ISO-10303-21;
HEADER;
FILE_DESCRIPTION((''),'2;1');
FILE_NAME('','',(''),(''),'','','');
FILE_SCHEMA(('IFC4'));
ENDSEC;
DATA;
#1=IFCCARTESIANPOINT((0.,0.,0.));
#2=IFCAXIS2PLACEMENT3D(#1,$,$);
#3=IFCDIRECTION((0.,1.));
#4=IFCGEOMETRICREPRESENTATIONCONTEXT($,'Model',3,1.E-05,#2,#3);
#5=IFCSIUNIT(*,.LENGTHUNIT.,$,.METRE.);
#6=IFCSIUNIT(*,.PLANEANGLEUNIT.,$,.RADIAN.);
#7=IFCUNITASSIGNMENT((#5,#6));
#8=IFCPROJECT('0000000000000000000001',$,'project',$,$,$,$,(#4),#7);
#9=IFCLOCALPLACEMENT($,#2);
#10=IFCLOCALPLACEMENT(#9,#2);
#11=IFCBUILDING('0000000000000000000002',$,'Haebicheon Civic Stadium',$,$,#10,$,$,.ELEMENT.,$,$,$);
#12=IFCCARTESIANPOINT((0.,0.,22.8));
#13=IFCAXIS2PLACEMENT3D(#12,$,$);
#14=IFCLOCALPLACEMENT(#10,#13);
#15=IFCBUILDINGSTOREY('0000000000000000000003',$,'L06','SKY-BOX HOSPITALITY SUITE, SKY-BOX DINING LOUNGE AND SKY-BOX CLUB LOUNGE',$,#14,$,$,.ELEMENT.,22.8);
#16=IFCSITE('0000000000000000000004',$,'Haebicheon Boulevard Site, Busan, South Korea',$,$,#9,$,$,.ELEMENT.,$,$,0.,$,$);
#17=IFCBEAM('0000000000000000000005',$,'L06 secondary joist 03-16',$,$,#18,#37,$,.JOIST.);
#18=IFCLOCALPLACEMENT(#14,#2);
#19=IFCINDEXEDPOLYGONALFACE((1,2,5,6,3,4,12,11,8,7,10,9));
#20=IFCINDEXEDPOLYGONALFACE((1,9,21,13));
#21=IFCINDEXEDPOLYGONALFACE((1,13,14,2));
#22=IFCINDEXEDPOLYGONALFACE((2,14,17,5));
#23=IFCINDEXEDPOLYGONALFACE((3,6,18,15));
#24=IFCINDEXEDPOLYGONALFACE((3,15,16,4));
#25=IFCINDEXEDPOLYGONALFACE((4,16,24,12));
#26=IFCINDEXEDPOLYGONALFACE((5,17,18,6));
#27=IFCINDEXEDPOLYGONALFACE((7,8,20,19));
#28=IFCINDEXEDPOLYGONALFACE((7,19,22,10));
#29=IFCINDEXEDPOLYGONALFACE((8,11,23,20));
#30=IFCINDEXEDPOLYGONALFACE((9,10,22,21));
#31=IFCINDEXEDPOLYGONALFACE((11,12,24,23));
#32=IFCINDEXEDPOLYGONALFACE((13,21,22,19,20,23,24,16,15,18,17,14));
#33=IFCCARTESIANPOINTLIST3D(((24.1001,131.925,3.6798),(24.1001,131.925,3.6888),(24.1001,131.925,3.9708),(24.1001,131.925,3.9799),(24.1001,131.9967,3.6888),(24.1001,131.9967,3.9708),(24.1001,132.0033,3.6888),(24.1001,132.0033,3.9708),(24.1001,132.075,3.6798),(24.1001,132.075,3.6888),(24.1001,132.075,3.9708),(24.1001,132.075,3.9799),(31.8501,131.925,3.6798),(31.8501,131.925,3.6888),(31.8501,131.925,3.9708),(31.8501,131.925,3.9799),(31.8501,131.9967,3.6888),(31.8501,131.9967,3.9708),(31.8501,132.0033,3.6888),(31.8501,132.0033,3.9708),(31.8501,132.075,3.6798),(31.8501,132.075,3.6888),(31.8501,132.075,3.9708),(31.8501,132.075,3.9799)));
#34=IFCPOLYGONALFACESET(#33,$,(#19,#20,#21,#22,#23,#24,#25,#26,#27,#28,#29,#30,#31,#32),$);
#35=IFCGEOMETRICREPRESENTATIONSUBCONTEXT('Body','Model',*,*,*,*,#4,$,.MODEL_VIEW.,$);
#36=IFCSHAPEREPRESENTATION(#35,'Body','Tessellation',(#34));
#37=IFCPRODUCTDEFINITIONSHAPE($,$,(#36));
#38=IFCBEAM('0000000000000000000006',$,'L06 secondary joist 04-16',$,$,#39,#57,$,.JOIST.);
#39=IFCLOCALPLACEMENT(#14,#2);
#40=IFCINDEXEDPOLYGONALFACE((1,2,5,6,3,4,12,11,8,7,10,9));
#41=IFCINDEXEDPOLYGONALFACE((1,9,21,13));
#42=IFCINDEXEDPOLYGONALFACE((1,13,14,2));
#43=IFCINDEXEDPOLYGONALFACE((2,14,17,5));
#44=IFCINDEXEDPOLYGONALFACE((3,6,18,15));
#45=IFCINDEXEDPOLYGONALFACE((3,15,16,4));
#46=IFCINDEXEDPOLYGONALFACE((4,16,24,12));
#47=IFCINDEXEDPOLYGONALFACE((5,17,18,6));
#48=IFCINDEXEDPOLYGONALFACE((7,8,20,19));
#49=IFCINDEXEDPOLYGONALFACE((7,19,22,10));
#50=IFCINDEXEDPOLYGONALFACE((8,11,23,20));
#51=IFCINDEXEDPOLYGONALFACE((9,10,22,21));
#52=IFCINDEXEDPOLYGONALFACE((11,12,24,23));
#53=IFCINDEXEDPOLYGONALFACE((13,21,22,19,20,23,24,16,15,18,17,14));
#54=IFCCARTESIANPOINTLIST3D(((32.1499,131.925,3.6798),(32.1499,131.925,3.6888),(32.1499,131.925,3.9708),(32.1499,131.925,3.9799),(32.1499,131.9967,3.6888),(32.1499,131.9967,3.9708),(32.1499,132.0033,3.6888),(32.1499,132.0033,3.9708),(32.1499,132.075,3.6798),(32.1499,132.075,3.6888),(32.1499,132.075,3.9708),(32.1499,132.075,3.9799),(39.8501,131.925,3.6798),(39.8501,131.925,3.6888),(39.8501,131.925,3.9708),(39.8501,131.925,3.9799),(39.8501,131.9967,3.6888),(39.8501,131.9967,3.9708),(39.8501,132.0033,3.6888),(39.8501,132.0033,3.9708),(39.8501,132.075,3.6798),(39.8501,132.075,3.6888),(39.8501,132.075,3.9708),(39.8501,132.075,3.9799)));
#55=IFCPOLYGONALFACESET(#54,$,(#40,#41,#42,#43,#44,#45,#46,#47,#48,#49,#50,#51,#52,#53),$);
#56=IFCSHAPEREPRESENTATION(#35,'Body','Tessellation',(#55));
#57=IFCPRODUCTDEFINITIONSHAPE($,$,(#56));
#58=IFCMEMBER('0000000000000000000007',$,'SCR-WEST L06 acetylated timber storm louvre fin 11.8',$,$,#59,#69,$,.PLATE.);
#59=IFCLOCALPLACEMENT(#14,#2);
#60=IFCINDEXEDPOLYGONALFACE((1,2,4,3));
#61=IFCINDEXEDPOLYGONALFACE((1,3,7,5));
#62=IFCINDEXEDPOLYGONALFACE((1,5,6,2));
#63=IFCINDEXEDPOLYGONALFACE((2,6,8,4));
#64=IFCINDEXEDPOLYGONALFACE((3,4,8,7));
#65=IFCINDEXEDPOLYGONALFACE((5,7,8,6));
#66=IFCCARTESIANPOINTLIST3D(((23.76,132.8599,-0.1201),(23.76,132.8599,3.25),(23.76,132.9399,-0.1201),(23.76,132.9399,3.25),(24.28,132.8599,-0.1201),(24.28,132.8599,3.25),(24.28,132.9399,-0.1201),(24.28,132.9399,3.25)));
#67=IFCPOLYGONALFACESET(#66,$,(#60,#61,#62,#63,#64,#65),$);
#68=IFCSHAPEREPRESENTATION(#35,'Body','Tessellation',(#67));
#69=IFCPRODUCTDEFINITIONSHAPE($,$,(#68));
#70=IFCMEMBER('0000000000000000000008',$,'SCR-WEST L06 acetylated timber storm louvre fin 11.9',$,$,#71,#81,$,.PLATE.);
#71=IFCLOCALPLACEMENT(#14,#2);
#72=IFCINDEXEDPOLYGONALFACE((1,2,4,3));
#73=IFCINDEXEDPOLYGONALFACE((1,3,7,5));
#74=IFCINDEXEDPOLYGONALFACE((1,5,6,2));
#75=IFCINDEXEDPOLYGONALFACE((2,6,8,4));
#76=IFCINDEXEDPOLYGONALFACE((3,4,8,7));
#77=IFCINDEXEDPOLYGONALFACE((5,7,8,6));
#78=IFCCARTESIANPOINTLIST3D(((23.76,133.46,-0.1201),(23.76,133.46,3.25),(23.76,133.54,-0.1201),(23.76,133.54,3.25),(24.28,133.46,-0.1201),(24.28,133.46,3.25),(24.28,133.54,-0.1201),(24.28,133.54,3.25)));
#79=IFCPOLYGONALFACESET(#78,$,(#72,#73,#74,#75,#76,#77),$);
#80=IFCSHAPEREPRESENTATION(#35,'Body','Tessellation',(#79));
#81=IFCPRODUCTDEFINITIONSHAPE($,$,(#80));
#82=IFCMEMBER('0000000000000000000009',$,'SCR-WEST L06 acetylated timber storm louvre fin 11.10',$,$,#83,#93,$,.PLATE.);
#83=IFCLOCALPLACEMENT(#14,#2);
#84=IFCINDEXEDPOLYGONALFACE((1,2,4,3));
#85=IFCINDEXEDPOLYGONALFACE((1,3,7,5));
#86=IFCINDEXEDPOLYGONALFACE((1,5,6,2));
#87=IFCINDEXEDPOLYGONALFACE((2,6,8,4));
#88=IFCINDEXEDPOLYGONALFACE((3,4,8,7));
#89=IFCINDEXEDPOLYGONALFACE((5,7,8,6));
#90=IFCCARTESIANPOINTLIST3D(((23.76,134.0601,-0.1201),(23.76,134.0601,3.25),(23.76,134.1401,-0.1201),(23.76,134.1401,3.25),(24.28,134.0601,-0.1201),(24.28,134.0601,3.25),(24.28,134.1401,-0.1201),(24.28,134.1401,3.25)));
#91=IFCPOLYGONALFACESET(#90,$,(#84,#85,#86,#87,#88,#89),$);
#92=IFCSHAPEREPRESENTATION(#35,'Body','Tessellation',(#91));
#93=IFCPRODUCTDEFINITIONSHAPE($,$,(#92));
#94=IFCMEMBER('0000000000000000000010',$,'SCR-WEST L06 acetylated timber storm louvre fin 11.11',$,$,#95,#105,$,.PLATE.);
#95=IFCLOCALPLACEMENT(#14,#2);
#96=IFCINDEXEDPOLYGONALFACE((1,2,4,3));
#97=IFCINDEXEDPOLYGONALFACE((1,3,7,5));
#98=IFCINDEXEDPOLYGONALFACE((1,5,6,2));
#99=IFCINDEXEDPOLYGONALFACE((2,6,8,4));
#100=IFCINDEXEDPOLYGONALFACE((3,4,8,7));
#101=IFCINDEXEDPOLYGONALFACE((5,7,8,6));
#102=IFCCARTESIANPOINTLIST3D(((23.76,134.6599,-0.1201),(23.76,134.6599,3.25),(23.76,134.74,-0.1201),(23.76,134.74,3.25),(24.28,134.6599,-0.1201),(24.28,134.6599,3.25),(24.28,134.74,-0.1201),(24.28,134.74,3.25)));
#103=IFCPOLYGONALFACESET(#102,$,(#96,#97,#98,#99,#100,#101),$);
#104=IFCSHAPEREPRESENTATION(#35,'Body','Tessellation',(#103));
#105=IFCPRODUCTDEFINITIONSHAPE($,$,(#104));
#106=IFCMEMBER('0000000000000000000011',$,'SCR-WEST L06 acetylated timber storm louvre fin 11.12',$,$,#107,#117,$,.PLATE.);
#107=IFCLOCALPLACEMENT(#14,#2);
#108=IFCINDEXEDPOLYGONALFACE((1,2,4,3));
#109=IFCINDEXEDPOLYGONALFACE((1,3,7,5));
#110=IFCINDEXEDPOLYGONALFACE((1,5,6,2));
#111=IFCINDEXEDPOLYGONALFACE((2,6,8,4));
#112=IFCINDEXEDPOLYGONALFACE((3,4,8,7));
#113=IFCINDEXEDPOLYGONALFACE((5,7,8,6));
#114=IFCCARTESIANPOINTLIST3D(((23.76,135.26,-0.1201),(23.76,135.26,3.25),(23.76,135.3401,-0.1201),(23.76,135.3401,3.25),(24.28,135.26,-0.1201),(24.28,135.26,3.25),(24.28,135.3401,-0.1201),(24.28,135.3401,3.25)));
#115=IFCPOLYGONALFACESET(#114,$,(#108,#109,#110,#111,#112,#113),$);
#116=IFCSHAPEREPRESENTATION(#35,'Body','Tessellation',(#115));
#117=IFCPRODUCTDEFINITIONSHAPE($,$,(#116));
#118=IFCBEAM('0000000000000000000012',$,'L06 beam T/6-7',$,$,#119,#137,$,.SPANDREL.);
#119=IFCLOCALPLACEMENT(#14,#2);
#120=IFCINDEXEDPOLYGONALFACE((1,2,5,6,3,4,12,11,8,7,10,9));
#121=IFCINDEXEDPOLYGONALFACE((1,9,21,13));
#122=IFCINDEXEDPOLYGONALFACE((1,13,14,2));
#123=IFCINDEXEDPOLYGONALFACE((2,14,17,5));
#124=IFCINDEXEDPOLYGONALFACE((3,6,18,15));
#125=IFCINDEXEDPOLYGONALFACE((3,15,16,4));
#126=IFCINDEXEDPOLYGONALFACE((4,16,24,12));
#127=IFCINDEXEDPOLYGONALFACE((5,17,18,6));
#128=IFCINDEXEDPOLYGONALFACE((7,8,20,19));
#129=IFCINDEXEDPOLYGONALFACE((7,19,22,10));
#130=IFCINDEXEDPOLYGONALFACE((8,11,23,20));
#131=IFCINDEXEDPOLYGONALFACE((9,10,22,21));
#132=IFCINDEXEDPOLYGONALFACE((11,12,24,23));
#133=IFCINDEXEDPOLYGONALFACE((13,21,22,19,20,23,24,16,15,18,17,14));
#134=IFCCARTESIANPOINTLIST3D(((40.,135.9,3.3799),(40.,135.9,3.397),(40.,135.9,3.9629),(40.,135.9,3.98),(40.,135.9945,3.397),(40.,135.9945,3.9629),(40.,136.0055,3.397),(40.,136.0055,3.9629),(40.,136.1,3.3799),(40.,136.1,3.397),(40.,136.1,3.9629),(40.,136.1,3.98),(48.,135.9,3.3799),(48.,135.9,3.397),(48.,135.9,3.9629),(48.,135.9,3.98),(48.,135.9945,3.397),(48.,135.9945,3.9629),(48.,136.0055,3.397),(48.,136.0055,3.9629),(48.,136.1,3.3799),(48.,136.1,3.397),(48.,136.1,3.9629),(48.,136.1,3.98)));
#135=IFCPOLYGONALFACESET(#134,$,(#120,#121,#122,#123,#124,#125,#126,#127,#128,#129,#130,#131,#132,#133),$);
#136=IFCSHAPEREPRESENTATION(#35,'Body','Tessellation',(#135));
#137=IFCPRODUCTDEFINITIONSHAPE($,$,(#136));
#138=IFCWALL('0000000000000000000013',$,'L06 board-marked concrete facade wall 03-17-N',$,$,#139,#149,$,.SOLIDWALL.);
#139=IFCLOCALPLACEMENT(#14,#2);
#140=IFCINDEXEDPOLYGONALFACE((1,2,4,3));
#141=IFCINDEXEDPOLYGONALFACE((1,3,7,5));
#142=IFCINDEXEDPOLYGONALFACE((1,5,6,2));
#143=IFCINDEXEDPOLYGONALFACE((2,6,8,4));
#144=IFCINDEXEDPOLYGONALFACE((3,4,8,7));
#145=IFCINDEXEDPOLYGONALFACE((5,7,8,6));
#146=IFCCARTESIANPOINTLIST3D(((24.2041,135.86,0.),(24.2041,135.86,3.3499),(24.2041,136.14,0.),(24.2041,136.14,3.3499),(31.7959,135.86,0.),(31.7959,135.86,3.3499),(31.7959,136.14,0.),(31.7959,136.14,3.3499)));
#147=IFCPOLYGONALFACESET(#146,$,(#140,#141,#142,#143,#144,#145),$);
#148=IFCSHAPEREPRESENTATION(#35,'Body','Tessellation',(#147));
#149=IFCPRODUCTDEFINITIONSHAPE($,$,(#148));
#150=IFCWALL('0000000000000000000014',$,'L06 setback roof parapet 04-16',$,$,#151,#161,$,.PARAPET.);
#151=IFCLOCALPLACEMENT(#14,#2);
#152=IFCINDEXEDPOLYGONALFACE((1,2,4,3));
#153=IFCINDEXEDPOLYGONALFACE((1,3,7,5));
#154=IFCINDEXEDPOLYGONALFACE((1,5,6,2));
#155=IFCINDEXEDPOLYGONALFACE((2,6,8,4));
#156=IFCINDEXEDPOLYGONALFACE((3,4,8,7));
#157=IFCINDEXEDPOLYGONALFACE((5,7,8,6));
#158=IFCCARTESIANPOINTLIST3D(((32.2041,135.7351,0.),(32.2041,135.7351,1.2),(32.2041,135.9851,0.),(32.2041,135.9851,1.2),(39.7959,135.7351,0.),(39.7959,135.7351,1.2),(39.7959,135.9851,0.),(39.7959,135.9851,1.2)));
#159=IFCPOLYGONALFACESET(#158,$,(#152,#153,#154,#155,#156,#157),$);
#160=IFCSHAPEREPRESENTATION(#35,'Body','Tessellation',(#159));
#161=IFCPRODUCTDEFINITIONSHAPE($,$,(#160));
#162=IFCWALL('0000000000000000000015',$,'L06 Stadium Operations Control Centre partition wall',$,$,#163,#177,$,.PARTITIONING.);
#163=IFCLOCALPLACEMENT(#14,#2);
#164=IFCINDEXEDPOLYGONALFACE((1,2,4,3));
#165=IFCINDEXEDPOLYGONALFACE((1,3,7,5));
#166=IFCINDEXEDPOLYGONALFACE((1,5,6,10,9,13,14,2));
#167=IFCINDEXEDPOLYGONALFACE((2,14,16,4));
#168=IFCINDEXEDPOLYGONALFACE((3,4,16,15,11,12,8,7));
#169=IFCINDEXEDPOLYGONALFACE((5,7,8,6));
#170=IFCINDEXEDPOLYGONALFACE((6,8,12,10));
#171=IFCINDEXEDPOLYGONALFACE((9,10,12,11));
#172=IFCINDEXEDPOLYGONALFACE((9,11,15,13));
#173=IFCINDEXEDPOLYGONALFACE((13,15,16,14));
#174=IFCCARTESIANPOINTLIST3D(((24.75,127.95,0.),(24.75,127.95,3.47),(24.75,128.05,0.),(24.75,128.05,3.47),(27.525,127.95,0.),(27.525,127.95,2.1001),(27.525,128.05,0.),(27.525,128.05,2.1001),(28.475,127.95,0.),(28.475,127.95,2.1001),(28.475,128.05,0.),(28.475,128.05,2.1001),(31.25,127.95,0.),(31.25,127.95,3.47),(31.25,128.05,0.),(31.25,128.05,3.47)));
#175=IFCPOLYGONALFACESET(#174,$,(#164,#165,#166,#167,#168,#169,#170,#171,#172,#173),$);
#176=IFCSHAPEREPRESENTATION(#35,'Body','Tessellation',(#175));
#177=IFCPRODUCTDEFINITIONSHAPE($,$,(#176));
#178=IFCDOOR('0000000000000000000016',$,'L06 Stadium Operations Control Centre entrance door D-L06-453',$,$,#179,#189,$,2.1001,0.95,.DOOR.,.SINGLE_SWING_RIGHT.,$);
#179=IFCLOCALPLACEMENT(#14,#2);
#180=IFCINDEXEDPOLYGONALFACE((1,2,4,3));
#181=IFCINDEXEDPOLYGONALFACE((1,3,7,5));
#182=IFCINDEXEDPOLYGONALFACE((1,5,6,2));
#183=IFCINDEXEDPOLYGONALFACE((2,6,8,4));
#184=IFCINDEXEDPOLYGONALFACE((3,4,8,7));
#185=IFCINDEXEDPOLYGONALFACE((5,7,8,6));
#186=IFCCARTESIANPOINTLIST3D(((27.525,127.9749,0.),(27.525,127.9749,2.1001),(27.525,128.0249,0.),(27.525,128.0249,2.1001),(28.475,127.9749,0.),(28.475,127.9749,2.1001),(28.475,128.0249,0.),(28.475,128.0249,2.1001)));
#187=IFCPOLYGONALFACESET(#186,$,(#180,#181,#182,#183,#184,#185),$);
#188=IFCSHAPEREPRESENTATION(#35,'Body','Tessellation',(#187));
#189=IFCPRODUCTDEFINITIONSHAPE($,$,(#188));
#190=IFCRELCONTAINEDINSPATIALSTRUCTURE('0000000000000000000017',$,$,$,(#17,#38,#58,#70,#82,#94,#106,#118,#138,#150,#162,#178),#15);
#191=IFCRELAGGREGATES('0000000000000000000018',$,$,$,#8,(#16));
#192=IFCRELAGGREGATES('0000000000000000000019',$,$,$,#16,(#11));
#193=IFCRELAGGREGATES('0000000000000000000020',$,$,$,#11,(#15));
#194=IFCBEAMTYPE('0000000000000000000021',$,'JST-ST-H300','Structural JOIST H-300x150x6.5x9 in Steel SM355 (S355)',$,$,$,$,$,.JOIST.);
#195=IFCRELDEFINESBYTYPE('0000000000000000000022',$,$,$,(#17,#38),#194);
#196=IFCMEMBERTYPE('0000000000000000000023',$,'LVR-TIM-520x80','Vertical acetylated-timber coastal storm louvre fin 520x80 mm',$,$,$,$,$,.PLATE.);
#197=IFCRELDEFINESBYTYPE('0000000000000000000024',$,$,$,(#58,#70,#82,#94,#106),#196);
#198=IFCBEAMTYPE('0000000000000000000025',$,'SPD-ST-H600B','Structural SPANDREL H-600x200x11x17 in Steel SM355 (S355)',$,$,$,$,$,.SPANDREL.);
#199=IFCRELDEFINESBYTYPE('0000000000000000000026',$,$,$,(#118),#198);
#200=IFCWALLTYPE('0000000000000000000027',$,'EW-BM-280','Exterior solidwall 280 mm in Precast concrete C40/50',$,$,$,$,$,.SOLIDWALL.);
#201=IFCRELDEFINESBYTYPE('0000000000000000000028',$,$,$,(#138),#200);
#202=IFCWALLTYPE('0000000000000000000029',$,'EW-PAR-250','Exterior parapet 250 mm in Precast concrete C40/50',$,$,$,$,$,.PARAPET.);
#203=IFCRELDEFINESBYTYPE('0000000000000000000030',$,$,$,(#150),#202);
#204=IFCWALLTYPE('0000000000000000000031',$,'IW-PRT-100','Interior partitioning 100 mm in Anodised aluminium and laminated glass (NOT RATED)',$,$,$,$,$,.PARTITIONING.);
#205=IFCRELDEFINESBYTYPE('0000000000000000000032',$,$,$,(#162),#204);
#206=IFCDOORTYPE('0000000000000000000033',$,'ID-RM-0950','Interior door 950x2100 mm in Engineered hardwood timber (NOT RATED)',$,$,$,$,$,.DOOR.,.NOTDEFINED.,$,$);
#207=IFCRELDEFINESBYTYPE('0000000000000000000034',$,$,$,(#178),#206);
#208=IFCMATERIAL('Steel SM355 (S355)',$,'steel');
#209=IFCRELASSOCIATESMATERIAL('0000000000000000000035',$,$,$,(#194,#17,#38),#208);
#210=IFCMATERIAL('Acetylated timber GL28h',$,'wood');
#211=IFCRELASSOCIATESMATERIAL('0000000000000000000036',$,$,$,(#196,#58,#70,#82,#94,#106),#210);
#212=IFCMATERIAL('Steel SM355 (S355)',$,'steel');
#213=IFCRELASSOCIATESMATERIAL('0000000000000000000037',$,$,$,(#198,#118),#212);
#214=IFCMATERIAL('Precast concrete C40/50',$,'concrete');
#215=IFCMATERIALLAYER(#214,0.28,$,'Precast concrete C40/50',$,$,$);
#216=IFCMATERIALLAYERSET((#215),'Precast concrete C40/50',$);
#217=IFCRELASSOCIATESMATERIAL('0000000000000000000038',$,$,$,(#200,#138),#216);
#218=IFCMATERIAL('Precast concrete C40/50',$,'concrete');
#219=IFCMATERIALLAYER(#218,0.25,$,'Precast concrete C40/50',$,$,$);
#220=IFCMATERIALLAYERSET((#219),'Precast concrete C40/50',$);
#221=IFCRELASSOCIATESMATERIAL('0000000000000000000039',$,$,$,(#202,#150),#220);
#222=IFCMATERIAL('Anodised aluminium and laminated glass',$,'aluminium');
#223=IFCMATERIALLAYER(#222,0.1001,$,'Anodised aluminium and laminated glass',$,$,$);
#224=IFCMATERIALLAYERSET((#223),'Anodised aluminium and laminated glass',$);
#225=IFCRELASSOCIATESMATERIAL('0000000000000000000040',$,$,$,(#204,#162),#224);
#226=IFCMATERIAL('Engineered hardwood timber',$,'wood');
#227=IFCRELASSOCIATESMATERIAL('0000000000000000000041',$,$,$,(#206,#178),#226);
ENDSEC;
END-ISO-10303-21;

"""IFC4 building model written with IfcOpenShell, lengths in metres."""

from ifc_helpers import new_model, si_unit, direction, frame, frame_2d, origin, origin_2d, place, context, subcontext, project, spatial, rectangle, i_section, extrude, material, layer, layer_set, material_profile, profile_set, type_object, element, fill, save


model = new_model("IFC4")

# Units and contexts
model_context = context("Model", 3, precision=1e-05, world=origin(), true_north=direction((0.0, 1.0)))
body_context = subcontext(model_context, "Body", "Model", "MODEL_VIEW")
ifc_project = project(units=[si_unit("LENGTHUNIT", "METRE"), si_unit("PLANEANGLEUNIT", "RADIAN")], contexts=[model_context])

# Site, building, storey
site_placement = place(None, origin())
site = spatial("IfcSite", under=ifc_project, at=site_placement, Name="Haebicheon Boulevard Site, Busan, South Korea", CompositionType="ELEMENT", RefElevation=0.0)
building_placement = place(site_placement, origin())
building = spatial("IfcBuilding", under=site, at=building_placement, Name="Haebicheon Civic Stadium", CompositionType="ELEMENT")
storey_placement = place(building_placement, frame((0.0, 0.0, 22.8)))
storey = spatial("IfcBuildingStorey", under=building, at=storey_placement, Name="L06", Description="SKY-BOX HOSPITALITY SUITE, SKY-BOX DINING LOUNGE AND SKY-BOX CLUB LOUNGE", CompositionType="ELEMENT", Elevation=22.8)

# Beams
ifc_material_1 = material(Name="Steel SM355 (S355)", Category="steel")
ifc_material_profile_1 = material_profile(ifc_material_1, i_section(OverallWidth=0.1499, OverallDepth=0.3, WebThickness=0.0066, FlangeThickness=0.009, at=origin_2d()), Name="H-300x150x6.5x9")
ifc_profile_set_1 = profile_set([ifc_material_profile_1], Name="Steel SM355 (S355)")
beam_type_1 = type_object("IfcBeamType", Name="JST-ST-H300", Description="Structural JOIST H-300x150x6.5x9 in Steel SM355 (S355)", PredefinedType="JOIST", material=ifc_profile_set_1)
beam_1_placement = place(storey_placement, frame((24.1001, 132.0, 3.8298), z_axis=(1.0, 0.0, 0.0), x_axis=(0.0, 1.0, 0.0)))
element("IfcBeam", 1, at=beam_1_placement, inside=storey, type_object=beam_type_1, material=ifc_profile_set_1, Name="L06 secondary joist 03-16", PredefinedType="JOIST", context=body_context, shape_type="SweptSolid", body=[
    extrude(i_section(OverallWidth=0.1499, OverallDepth=0.3, WebThickness=0.0066, FlangeThickness=0.009, at=origin_2d()), origin(), (0.0, 0.0, 1.0), 7.75),
])
beam_2_placement = place(storey_placement, frame((32.1499, 132.0, 3.8298), z_axis=(1.0, 0.0, 0.0), x_axis=(0.0, 1.0, 0.0)))
element("IfcBeam", 2, at=beam_2_placement, inside=storey, type_object=beam_type_1, material=ifc_profile_set_1, Name="L06 secondary joist 04-16", PredefinedType="JOIST", context=body_context, shape_type="SweptSolid", body=[
    extrude(i_section(OverallWidth=0.1499, OverallDepth=0.3, WebThickness=0.0066, FlangeThickness=0.009, at=origin_2d()), origin(), (0.0, 0.0, 1.0), 7.7002),
])

# Members
ifc_material_2 = material(Name="Acetylated timber GL28h", Category="wood")
ifc_material_profile_2 = material_profile(ifc_material_2, rectangle(XDim=0.0801, YDim=0.52, at=origin_2d()), Name="TMB-LOUV-80x520")
ifc_profile_set_2 = profile_set([ifc_material_profile_2], Name="Acetylated timber GL28h")
member_type = type_object("IfcMemberType", Name="LVR-TIM-520x80", Description="Vertical acetylated-timber coastal storm louvre fin 520x80 mm", PredefinedType="PLATE", material=ifc_profile_set_2)
for number, where, z_axis, x_axis, name in (
    (3, (24.02, 132.8999, -0.1201), (0.0, 0.0, 1.0), (0.0, 1.0, 0.0), "SCR-WEST L06 acetylated timber storm louvre fin 11.8"),
    (4, (24.02, 133.5, -0.1201), (0.0, 0.0, 1.0), (0.0, 1.0, 0.0), "SCR-WEST L06 acetylated timber storm louvre fin 11.9"),
    (5, (24.02, 134.1001, -0.1201), (0.0, 0.0, 1.0), (0.0, 1.0, 0.0), "SCR-WEST L06 acetylated timber storm louvre fin 11.10"),
    (6, (24.02, 134.7, -0.1201), (0.0, 0.0, 1.0), (0.0, 1.0, 0.0), "SCR-WEST L06 acetylated timber storm louvre fin 11.11"),
    (7, (24.02, 135.3, -0.1201), (0.0, 0.0, 1.0), (0.0, 1.0, 0.0), "SCR-WEST L06 acetylated timber storm louvre fin 11.12"),
):
    element("IfcMember", number, at=place(storey_placement, frame(where, z_axis=z_axis, x_axis=x_axis)), inside=storey, type_object=member_type, material=ifc_profile_set_2, Name=name, PredefinedType="PLATE", context=body_context, shape_type="SweptSolid", body=[
        extrude(rectangle(XDim=0.0801, YDim=0.52, at=origin_2d()), origin(), (0.0, 0.0, 1.0), 3.3701),
    ])

# Beam
ifc_material_3 = material(Name="Steel SM355 (S355)", Category="steel")
ifc_material_profile_3 = material_profile(ifc_material_3, i_section(OverallWidth=0.2, OverallDepth=0.6001, WebThickness=0.011, FlangeThickness=0.0171, at=origin_2d()), Name="H-600x200x11x17")
ifc_profile_set_3 = profile_set([ifc_material_profile_3], Name="Steel SM355 (S355)")
beam_type_2 = type_object("IfcBeamType", Name="SPD-ST-H600B", Description="Structural SPANDREL H-600x200x11x17 in Steel SM355 (S355)", PredefinedType="SPANDREL", material=ifc_profile_set_3)
beam_3_placement = place(storey_placement, frame((40.0, 136.0, 3.6799), z_axis=(1.0, 0.0, 0.0), x_axis=(0.0, 1.0, 0.0)))
element("IfcBeam", 8, at=beam_3_placement, inside=storey, type_object=beam_type_2, material=ifc_profile_set_3, Name="L06 beam T/6-7", PredefinedType="SPANDREL", context=body_context, shape_type="SweptSolid", body=[
    extrude(i_section(OverallWidth=0.2, OverallDepth=0.6001, WebThickness=0.011, FlangeThickness=0.0171, at=origin_2d()), origin(), (0.0, 0.0, 1.0), 8.0),
])

# Walls
ifc_material_4 = material(Name="Precast concrete C40/50", Category="concrete")
ifc_layer_1 = layer(ifc_material_4, 0.28, Name="Precast concrete C40/50")
ifc_layer_set_1 = layer_set([ifc_layer_1], Name="Precast concrete C40/50")
wall_type_1 = type_object("IfcWallType", Name="EW-BM-280", Description="Exterior solidwall 280 mm in Precast concrete C40/50", PredefinedType="SOLIDWALL", material=ifc_layer_set_1)
wall_1_placement = place(storey_placement, frame((24.2041, 136.0, 0.0), z_axis=(0.0, 0.0, 1.0), x_axis=(1.0, 0.0, 0.0)))
element("IfcWall", 9, at=wall_1_placement, inside=storey, type_object=wall_type_1, material=ifc_layer_set_1, Name="L06 board-marked concrete facade wall 03-17-N", PredefinedType="SOLIDWALL", context=body_context, shape_type="SweptSolid", body=[
    extrude(rectangle(XDim=7.5918, YDim=0.28, at=frame_2d((3.7959, 0.0))), origin(), (0.0, 0.0, 1.0), 3.3499),
])
ifc_material_5 = material(Name="Precast concrete C40/50", Category="concrete")
ifc_layer_2 = layer(ifc_material_5, 0.25, Name="Precast concrete C40/50")
ifc_layer_set_2 = layer_set([ifc_layer_2], Name="Precast concrete C40/50")
wall_type_2 = type_object("IfcWallType", Name="EW-PAR-250", Description="Exterior parapet 250 mm in Precast concrete C40/50", PredefinedType="PARAPET", material=ifc_layer_set_2)
wall_2_placement = place(storey_placement, frame((32.2041, 135.8601, 0.0), z_axis=(0.0, 0.0, 1.0), x_axis=(1.0, 0.0, 0.0)))
element("IfcWall", 10, at=wall_2_placement, inside=storey, type_object=wall_type_2, material=ifc_layer_set_2, Name="L06 setback roof parapet 04-16", PredefinedType="PARAPET", context=body_context, shape_type="SweptSolid", body=[
    extrude(rectangle(XDim=7.5918, YDim=0.25, at=frame_2d((3.7959, 0.0))), origin(), (0.0, 0.0, 1.0), 1.2),
])

# Wall, opening, door
ifc_material_6 = material(Name="Anodised aluminium and laminated glass", Category="aluminium")
ifc_layer_3 = layer(ifc_material_6, 0.1001, Name="Anodised aluminium and laminated glass")
ifc_layer_set_3 = layer_set([ifc_layer_3], Name="Anodised aluminium and laminated glass")
wall_type_3 = type_object("IfcWallType", Name="IW-PRT-100", Description="Interior partitioning 100 mm in Anodised aluminium and laminated glass (NOT RATED)", PredefinedType="PARTITIONING", material=ifc_layer_set_3)
wall_3_placement = place(storey_placement, frame((24.75, 128.0, 0.0), z_axis=(0.0, 0.0, 1.0), x_axis=(1.0, 0.0, 0.0)))
wall_3 = element("IfcWall", 11, at=wall_3_placement, inside=storey, type_object=wall_type_3, material=ifc_layer_set_3, Name="L06 Stadium Operations Control Centre partition wall", PredefinedType="PARTITIONING", context=body_context, shape_type="SweptSolid", body=[
    extrude(rectangle(XDim=6.5, YDim=0.1001, at=frame_2d((3.25, 0.0))), origin(), (0.0, 0.0, 1.0), 3.47),
])
opening_placement = place(wall_3_placement, frame((2.7749, 0.0, 0.0)))
opening = element("IfcOpeningElement", 12, at=opening_placement, cuts=wall_3, PredefinedType="OPENING", context=body_context, shape_type="SweptSolid", body=[
    extrude(rectangle(XDim=0.95, YDim=2.1001, at=frame_2d((0.4751, 1.05))), frame((0.0, 0.0601, 0.0), z_axis=(0.0, -1.0, 0.0), x_axis=(1.0, 0.0, 0.0)), (0.0, 0.0, 1.0), 0.1201),
])
ifc_material_7 = material(Name="Engineered hardwood timber", Category="wood")
door_type = type_object("IfcDoorType", Name="ID-RM-0950", Description="Interior door 950x2100 mm in Engineered hardwood timber (NOT RATED)", OperationType="NOTDEFINED", PredefinedType="DOOR", material=ifc_material_7)
door_placement = place(opening_placement, origin())
door = element("IfcDoor", 13, at=door_placement, inside=storey, type_object=door_type, material=ifc_material_7, Name="L06 Stadium Operations Control Centre entrance door D-L06-453", OperationType="SINGLE_SWING_RIGHT", OverallHeight=2.1001, OverallWidth=0.95, PredefinedType="DOOR", context=body_context, shape_type="SweptSolid", body=[
    extrude(rectangle(XDim=0.95, YDim=2.1001, at=frame_2d((0.4751, 1.05))), frame((0.0, 0.0249, 0.0), z_axis=(0.0, -1.0, 0.0), x_axis=(1.0, 0.0, 0.0)), (0.0, 0.0, 1.0), 0.05),
])
fill(opening, door)

save(model, "model.ifc")
